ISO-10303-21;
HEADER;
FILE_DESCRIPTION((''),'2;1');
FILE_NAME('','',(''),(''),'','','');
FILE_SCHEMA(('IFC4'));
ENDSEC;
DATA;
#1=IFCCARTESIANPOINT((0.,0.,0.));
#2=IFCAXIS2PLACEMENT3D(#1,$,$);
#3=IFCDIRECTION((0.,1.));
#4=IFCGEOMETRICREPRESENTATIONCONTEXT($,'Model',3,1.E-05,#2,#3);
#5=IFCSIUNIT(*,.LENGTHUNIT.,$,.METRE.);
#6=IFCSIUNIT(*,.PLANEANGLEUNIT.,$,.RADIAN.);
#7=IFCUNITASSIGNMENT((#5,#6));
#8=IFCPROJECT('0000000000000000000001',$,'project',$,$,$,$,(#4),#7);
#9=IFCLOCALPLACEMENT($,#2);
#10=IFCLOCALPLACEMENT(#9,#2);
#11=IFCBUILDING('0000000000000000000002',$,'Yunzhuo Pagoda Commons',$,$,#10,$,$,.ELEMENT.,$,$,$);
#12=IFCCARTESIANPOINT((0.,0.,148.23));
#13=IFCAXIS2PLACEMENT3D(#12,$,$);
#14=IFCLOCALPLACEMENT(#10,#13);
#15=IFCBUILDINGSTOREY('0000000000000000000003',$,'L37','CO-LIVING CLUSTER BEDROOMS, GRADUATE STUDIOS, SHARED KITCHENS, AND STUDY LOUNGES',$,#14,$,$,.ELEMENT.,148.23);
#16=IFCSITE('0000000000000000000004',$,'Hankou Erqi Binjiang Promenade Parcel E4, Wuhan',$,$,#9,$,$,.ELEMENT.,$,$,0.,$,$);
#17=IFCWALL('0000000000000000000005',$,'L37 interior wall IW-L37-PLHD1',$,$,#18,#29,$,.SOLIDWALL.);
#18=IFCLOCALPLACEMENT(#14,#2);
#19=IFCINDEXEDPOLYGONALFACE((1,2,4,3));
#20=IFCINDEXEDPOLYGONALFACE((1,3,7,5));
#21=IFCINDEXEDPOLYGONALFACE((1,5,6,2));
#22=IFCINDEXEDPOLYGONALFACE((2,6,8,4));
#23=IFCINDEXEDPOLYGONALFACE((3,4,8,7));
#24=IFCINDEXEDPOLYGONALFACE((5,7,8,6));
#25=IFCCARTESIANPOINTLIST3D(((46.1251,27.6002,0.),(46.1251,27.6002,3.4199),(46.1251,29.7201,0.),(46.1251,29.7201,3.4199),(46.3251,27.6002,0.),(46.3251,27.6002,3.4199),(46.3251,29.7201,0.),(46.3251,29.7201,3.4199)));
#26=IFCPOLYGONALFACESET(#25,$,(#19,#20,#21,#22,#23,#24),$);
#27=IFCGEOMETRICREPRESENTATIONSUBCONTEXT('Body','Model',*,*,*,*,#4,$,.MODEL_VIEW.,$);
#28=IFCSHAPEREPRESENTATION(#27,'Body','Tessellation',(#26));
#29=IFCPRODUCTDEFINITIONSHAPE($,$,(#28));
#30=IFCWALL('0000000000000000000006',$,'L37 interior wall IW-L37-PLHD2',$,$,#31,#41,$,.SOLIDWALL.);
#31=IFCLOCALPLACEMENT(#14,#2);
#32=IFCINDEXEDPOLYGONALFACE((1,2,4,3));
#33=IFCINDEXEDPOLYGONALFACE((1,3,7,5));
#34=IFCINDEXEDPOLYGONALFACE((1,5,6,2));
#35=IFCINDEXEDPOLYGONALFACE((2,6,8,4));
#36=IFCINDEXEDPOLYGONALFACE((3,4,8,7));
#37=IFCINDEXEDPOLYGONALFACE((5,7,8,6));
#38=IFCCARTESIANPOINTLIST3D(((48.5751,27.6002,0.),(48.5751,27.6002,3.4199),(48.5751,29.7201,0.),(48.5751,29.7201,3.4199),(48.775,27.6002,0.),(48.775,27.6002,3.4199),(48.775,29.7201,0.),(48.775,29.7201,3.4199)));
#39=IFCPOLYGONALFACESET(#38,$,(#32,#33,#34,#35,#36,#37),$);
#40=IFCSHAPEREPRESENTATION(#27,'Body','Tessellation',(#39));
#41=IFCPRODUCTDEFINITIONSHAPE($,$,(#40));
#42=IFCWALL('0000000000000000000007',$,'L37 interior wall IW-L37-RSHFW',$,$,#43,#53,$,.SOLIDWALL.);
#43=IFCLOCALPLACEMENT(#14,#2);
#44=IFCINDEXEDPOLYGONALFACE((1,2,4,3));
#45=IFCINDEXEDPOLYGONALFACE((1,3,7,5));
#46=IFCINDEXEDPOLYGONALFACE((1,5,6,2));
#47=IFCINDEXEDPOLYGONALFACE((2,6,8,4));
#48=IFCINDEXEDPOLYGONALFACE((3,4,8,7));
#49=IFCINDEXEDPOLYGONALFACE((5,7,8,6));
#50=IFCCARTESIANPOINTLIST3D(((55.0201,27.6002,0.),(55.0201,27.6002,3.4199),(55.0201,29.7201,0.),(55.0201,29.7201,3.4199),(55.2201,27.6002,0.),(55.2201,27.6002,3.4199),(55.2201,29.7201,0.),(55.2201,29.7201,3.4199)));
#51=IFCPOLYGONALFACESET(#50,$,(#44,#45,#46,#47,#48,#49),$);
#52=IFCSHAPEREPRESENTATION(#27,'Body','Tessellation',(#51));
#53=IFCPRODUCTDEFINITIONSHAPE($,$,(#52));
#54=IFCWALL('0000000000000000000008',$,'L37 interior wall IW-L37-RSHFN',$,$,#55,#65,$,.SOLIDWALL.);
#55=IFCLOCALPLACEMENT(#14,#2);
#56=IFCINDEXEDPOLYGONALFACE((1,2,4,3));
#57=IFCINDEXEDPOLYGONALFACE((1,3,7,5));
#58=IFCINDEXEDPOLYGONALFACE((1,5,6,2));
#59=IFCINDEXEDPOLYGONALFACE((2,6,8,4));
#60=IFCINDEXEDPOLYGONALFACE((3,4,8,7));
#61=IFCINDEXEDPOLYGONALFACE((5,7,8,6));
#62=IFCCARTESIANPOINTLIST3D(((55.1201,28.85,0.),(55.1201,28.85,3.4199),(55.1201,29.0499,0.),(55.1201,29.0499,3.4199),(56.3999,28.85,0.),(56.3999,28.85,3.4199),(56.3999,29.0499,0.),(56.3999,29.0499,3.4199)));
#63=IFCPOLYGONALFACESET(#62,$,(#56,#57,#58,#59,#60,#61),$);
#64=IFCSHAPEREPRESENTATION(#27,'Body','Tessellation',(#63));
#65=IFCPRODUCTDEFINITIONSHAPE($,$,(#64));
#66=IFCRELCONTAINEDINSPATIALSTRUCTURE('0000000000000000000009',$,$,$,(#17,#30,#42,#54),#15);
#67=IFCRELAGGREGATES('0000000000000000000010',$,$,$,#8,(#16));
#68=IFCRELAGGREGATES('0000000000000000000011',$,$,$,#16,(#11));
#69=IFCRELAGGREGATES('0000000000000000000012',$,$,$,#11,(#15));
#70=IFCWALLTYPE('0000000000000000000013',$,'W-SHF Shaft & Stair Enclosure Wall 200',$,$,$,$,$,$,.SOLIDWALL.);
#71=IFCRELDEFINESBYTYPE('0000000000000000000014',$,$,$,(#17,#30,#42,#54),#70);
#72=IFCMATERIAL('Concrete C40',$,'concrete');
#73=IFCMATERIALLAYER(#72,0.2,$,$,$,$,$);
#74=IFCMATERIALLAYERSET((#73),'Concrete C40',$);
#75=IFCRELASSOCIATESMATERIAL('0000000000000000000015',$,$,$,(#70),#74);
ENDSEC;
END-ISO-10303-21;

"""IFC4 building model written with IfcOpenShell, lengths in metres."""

from ifc_helpers import new_model, si_unit, direction, frame, frame_2d, origin, place, context, subcontext, project, spatial, rectangle, extrude, material, layer, layer_set, type_object, element, save


model = new_model("IFC4")

# Units and contexts
model_context = context("Model", 3, precision=1e-05, world=origin(), true_north=direction((0.0, 1.0)))
body_context = subcontext(model_context, "Body", "Model", "MODEL_VIEW")
ifc_project = project(units=[si_unit("LENGTHUNIT", "METRE"), si_unit("PLANEANGLEUNIT", "RADIAN")], contexts=[model_context])

# Site, building, storey
site_placement = place(None, origin())
site = spatial("IfcSite", under=ifc_project, at=site_placement, Name="Hankou Erqi Binjiang Promenade Parcel E4, Wuhan", CompositionType="ELEMENT", RefElevation=0.0)
building_placement = place(site_placement, origin())
building = spatial("IfcBuilding", under=site, at=building_placement, Name="Yunzhuo Pagoda Commons", CompositionType="ELEMENT")
storey_placement = place(building_placement, frame((0.0, 0.0, 148.23)))
storey = spatial("IfcBuildingStorey", under=building, at=storey_placement, Name="L37", Description="CO-LIVING CLUSTER BEDROOMS, GRADUATE STUDIOS, SHARED KITCHENS, AND STUDY LOUNGES", CompositionType="ELEMENT", Elevation=148.23)

# Shared definitions
ifc_material_1 = material(Name="Concrete C40", Category="concrete")
ifc_layer_1 = layer(ifc_material_1, 0.2)
ifc_layer_set_1 = layer_set([ifc_layer_1], Name="Concrete C40")
wall_type_1 = type_object("IfcWallType", Name="W-SHF Shaft & Stair Enclosure Wall 200", PredefinedType="SOLIDWALL", material=ifc_layer_set_1)

# Walls
for number, where, z_axis, x_axis, name in (
    (1, (46.2251, 27.6001, 0.0), (0.0, 0.0, 1.0), (0.0, 1.0, 0.0), "L37 interior wall IW-L37-PLHD1"),
    (2, (48.675, 27.6001, 0.0), (0.0, 0.0, 1.0), (0.0, 1.0, 0.0), "L37 interior wall IW-L37-PLHD2"),
    (3, (55.1201, 27.6001, 0.0), (0.0, 0.0, 1.0), (0.0, 1.0, 0.0), "L37 interior wall IW-L37-RSHFW"),
):
    element("IfcWall", number, at=place(storey_placement, frame(where, z_axis=z_axis, x_axis=x_axis)), inside=storey, type_object=wall_type_1, Name=name, PredefinedType="SOLIDWALL", context=body_context, shape_type="SweptSolid", body=[
        extrude(rectangle(XDim=2.1199, YDim=0.2, at=frame_2d((1.0601, 0.0))), origin(), (0.0, 0.0, 1.0), 3.4199),
    ])
wall_1_placement = place(storey_placement, frame((55.1201, 28.95, 0.0), z_axis=(0.0, 0.0, 1.0), x_axis=(1.0, 0.0, 0.0)))
element("IfcWall", 4, at=wall_1_placement, inside=storey, type_object=wall_type_1, Name="L37 interior wall IW-L37-RSHFN", PredefinedType="SOLIDWALL", context=body_context, shape_type="SweptSolid", body=[
    extrude(rectangle(XDim=1.2798, YDim=0.2, at=frame_2d((0.6399, 0.0))), origin(), (0.0, 0.0, 1.0), 3.4199),
])

save(model, "model.ifc")
